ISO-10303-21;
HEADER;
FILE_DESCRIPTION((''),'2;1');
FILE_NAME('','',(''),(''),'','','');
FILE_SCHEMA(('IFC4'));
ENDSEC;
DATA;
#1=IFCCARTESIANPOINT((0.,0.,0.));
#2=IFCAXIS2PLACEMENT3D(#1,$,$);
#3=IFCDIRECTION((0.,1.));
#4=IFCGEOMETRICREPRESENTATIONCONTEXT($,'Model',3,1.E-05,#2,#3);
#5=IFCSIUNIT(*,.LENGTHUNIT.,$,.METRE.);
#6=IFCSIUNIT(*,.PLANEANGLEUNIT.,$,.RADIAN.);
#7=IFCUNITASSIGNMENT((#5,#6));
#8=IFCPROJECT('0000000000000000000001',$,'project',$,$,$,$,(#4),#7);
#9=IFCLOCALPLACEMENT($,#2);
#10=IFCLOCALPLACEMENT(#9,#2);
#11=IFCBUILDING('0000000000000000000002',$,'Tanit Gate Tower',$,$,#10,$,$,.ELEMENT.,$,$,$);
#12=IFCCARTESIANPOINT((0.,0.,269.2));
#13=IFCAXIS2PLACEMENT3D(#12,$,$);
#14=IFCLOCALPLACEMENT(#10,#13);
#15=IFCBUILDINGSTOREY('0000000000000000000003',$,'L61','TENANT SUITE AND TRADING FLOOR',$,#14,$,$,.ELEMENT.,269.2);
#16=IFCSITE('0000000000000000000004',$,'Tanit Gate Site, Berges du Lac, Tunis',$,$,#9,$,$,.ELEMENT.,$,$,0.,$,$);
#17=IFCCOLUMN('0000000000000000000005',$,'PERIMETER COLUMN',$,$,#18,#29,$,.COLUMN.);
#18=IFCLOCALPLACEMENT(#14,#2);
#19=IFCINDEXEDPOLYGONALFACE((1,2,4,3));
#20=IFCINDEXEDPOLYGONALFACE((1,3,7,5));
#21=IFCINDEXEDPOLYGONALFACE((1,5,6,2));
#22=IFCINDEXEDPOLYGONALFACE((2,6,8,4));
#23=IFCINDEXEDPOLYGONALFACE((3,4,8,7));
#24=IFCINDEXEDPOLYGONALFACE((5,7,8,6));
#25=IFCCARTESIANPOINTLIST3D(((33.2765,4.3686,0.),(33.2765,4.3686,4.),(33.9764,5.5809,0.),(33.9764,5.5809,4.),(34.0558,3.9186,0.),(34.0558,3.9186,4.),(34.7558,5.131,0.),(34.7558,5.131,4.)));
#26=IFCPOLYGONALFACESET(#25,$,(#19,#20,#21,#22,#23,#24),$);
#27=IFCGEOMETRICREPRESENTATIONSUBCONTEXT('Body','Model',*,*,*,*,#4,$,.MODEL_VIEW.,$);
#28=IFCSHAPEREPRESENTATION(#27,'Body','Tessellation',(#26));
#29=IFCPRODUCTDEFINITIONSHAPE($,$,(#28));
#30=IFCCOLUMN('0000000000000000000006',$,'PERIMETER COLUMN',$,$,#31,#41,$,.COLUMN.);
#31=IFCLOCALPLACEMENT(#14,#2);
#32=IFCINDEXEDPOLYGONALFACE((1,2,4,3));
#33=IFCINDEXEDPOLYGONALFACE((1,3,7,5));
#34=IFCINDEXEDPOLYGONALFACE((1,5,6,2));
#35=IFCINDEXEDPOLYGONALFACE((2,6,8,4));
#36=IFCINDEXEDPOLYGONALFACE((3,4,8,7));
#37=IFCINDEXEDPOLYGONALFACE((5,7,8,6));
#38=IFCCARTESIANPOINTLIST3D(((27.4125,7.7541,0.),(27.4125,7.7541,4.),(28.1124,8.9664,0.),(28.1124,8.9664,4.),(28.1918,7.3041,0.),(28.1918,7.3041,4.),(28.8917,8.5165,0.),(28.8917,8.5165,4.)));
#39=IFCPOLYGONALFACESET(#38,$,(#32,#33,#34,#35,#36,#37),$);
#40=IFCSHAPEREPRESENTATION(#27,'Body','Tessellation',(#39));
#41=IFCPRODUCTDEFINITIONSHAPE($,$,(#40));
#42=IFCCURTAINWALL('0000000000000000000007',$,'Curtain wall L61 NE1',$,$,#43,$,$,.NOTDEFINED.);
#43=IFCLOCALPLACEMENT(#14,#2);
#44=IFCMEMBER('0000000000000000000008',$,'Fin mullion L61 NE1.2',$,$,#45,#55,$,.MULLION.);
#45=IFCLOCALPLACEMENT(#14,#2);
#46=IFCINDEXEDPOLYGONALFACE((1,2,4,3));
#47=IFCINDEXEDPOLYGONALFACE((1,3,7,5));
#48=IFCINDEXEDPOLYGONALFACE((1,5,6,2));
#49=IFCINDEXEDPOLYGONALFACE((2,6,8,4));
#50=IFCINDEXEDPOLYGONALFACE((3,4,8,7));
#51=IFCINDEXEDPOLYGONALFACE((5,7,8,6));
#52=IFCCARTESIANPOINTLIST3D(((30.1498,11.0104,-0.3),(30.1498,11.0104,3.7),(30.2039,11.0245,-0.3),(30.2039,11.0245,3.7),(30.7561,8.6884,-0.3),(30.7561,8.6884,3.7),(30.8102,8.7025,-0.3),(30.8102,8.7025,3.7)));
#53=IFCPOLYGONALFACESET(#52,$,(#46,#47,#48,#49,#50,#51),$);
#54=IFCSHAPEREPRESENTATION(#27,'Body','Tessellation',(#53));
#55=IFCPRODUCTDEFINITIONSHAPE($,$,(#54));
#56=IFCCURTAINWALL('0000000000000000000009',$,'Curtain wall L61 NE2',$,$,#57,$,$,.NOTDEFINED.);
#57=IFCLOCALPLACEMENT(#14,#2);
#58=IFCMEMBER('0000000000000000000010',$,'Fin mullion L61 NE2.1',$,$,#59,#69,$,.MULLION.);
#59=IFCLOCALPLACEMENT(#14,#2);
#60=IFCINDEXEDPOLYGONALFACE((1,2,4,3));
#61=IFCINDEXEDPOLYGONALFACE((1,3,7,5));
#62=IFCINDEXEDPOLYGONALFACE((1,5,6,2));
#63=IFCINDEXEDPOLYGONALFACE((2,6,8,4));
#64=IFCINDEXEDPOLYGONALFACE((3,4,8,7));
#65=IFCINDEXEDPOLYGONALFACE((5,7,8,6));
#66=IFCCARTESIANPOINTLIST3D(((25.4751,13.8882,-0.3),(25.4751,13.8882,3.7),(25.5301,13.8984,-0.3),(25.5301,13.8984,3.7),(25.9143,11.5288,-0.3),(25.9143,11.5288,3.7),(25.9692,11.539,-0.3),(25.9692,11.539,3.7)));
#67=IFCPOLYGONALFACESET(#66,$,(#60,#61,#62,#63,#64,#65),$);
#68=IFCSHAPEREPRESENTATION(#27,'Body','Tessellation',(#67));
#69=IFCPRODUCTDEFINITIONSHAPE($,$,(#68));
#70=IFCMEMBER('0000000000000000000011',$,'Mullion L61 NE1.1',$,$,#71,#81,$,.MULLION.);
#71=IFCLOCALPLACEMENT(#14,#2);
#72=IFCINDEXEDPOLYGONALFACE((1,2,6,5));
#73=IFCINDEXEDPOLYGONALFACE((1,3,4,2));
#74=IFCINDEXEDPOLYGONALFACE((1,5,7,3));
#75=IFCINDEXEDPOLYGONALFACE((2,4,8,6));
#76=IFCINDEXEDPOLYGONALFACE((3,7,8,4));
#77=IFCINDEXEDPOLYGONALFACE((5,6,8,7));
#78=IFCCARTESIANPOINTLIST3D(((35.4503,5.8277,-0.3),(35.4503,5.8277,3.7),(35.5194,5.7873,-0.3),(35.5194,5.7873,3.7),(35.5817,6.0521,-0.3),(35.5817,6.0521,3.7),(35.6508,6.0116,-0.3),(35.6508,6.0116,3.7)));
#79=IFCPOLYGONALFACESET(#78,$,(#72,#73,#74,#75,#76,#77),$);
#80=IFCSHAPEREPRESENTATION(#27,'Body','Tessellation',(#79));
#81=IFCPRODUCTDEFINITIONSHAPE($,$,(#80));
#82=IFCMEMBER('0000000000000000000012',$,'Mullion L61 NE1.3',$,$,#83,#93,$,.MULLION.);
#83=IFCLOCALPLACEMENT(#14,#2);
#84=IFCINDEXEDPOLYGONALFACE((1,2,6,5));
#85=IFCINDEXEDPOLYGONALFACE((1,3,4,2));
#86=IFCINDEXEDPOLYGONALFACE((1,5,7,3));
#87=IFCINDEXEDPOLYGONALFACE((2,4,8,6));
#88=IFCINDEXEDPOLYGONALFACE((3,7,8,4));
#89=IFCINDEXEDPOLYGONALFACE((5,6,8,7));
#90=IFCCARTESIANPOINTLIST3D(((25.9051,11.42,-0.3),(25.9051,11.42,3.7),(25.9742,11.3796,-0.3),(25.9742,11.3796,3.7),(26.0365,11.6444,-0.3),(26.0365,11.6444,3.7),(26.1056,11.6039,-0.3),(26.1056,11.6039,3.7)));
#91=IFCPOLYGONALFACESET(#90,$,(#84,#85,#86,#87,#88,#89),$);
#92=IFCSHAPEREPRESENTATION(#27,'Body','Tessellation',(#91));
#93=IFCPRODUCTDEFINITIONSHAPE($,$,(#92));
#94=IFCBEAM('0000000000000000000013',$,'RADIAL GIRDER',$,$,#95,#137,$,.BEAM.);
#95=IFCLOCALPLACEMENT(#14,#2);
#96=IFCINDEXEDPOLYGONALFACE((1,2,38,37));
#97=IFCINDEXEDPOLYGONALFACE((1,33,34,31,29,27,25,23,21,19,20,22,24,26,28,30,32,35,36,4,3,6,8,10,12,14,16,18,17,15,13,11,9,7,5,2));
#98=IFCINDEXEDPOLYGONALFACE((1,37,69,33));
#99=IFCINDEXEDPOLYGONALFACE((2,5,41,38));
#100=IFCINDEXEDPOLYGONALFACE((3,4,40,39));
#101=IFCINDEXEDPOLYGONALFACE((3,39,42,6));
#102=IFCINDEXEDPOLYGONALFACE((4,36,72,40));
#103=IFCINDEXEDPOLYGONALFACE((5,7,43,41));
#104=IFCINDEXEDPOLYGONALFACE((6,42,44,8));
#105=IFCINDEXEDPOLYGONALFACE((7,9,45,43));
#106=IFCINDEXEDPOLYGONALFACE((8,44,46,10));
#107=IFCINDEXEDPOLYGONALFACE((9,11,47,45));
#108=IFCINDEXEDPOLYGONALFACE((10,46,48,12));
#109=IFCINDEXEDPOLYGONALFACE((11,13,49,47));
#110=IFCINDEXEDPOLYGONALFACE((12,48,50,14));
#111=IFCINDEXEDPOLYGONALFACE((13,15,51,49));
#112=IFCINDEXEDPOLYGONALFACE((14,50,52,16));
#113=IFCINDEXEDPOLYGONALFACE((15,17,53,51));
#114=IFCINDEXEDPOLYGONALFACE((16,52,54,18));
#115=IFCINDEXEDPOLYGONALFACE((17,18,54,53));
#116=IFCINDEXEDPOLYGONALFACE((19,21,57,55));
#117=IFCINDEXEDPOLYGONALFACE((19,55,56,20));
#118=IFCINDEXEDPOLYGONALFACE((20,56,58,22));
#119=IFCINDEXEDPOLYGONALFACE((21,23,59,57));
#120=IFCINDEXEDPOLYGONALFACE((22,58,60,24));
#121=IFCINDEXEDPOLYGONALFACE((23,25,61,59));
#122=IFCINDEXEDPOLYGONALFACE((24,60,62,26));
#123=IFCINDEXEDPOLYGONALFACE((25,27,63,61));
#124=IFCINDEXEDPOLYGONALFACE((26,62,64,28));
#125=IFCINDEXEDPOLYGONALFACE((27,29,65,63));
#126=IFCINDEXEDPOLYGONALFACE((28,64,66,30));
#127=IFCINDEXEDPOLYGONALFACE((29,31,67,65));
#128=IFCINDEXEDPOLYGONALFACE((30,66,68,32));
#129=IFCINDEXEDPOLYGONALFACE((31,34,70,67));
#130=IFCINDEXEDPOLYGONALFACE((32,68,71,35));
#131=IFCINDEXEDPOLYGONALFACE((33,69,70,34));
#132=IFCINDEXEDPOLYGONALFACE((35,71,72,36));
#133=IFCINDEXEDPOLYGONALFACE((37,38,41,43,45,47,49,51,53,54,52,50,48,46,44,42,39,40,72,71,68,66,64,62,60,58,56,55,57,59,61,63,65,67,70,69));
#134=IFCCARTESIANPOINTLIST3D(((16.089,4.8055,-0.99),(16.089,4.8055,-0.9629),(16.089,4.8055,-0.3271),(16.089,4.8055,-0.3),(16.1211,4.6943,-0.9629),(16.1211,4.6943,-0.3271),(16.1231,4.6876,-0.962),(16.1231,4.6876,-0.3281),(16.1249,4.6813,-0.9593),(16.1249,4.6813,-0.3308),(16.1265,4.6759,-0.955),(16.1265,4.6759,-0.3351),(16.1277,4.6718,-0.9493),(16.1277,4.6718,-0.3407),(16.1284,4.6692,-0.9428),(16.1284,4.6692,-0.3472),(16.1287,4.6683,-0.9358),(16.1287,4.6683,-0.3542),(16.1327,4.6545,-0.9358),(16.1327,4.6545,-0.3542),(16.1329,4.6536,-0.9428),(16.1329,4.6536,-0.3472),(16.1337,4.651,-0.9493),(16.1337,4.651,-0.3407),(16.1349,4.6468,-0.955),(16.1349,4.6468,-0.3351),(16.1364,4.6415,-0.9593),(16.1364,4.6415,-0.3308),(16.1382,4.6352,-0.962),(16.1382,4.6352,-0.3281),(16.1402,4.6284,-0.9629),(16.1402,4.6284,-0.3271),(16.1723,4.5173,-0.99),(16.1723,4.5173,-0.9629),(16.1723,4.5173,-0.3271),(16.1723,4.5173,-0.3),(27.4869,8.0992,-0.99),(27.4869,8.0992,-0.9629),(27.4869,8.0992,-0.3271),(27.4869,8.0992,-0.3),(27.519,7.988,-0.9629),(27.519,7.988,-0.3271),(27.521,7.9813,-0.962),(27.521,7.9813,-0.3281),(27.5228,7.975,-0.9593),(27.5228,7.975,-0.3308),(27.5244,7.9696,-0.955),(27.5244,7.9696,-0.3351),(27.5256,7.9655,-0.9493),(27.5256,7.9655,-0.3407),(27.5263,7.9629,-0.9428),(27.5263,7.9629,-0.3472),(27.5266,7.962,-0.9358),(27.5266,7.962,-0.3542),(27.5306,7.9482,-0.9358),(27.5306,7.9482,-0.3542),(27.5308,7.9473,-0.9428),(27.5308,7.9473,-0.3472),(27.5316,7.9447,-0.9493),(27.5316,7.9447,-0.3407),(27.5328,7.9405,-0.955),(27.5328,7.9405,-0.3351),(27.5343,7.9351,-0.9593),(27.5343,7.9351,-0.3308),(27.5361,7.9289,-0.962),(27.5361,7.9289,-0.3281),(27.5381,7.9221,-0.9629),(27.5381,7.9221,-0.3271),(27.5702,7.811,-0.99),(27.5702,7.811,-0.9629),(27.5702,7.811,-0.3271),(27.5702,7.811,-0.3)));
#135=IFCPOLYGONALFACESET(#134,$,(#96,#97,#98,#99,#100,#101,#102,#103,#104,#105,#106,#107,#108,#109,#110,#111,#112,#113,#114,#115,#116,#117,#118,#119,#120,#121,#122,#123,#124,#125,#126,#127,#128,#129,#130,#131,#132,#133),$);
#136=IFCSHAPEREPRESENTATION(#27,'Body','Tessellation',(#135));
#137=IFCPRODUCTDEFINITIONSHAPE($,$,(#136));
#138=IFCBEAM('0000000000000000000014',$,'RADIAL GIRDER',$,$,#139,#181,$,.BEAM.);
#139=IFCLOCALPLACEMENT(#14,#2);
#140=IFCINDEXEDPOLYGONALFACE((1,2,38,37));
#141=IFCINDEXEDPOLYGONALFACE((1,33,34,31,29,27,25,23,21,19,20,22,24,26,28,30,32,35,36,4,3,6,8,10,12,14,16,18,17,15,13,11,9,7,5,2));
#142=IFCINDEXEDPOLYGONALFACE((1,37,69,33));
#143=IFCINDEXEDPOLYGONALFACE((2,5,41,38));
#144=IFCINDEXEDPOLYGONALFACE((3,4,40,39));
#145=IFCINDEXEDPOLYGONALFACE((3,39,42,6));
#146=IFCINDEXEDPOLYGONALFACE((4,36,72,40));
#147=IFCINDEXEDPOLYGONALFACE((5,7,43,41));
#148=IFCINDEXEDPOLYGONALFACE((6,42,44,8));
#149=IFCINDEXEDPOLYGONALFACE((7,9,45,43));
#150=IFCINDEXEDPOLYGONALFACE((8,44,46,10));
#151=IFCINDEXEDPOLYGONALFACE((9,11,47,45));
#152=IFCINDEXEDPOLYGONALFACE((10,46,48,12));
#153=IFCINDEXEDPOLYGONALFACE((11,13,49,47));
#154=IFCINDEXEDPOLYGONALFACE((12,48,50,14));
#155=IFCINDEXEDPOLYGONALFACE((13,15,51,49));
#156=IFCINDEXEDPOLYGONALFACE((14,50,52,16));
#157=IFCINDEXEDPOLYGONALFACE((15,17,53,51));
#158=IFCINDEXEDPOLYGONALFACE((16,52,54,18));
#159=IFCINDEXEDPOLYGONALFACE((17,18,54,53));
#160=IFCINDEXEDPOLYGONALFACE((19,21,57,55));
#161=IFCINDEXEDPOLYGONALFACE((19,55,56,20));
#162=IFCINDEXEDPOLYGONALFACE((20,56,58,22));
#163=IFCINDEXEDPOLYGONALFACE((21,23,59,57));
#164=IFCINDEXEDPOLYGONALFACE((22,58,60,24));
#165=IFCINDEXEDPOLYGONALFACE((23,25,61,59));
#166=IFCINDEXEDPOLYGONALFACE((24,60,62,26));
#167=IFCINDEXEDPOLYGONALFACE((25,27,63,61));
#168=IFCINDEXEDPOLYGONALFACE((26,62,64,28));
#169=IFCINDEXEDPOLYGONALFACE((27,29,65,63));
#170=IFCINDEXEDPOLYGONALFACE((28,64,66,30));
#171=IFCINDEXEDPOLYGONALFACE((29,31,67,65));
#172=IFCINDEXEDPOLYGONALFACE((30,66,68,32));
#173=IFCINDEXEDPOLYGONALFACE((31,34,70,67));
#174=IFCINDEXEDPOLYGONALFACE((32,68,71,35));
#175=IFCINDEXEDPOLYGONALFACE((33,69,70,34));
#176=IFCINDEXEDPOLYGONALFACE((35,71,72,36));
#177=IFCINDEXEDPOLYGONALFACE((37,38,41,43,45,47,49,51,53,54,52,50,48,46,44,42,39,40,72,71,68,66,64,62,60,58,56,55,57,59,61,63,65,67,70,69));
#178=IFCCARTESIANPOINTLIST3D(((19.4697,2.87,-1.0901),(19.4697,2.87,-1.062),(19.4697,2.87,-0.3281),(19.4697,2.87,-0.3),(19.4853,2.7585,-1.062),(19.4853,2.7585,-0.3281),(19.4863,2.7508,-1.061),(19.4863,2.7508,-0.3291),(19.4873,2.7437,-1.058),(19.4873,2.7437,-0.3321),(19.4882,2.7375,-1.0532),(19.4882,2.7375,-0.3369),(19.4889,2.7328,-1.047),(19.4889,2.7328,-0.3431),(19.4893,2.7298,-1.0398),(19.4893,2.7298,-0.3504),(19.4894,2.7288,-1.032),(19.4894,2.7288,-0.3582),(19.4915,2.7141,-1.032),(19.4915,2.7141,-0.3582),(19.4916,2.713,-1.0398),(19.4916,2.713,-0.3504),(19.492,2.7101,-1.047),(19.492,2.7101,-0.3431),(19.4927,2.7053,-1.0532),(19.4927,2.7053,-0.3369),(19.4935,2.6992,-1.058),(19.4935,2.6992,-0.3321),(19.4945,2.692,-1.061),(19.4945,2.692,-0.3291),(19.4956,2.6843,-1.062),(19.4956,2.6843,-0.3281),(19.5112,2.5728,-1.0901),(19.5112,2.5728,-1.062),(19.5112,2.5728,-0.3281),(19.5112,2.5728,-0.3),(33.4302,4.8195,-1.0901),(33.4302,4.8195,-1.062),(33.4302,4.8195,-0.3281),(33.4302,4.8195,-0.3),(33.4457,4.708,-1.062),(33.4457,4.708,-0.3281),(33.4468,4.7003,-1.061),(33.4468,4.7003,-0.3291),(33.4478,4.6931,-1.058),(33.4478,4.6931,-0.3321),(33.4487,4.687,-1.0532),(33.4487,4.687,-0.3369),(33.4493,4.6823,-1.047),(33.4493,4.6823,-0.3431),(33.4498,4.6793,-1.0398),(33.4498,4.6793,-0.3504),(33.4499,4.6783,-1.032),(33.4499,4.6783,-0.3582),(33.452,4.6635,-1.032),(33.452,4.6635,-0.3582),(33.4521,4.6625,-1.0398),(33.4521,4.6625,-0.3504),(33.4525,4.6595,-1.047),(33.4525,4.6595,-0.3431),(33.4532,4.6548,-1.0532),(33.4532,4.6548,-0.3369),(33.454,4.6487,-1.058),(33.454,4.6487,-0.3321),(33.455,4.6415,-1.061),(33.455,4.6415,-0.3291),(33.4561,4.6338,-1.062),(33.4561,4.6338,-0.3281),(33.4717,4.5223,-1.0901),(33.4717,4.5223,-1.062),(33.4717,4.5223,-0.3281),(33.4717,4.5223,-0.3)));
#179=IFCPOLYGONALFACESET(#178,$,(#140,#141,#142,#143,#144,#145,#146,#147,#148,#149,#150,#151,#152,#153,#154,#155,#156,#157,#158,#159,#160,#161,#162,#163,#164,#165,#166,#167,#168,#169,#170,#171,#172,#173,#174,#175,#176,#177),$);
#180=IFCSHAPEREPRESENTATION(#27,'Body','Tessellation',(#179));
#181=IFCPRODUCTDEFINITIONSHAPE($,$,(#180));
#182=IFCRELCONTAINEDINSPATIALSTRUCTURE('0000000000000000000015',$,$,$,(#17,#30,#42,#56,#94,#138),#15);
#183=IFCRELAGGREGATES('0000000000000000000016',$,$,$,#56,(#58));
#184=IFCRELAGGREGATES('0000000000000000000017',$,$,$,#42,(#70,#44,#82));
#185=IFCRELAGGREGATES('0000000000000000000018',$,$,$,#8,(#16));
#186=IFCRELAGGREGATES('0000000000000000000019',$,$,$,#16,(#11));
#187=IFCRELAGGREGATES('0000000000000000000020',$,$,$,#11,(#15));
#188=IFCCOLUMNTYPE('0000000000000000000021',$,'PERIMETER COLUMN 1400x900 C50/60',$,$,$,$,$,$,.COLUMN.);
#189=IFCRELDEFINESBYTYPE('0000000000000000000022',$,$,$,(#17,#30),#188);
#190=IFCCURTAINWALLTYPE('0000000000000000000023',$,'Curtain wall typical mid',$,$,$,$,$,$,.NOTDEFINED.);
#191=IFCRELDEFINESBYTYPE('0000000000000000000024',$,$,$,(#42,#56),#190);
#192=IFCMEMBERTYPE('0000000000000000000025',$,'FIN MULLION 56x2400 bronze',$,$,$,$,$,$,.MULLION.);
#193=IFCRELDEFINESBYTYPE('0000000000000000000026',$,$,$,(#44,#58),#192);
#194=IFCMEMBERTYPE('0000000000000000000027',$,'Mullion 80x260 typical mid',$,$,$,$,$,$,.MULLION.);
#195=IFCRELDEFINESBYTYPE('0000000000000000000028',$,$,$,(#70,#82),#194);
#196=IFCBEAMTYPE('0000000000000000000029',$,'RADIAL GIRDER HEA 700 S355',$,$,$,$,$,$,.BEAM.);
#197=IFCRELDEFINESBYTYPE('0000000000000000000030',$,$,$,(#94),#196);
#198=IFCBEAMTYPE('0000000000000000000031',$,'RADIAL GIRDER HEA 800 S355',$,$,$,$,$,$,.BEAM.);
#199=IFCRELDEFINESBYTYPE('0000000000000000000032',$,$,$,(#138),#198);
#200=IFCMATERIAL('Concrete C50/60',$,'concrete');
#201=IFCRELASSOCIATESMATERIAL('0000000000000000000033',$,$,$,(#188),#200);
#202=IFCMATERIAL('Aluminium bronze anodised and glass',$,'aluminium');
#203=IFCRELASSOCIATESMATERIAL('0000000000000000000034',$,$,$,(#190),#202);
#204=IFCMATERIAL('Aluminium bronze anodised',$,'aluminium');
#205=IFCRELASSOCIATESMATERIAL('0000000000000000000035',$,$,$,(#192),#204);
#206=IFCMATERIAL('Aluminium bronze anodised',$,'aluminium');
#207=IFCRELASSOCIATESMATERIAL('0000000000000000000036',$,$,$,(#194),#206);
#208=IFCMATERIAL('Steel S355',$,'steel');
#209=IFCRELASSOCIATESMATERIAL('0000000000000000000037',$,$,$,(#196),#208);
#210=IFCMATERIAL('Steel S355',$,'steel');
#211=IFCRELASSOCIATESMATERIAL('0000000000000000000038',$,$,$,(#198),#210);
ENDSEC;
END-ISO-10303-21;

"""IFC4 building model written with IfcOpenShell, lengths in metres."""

from ifc_helpers import new_model, si_unit, direction, frame, origin, origin_2d, place, context, subcontext, project, spatial, rectangle, i_section, extrude, material, material_profile, profile_set, type_object, element, aggregate, save


model = new_model("IFC4")

# Units and contexts
model_context = context("Model", 3, precision=1e-05, world=origin(), true_north=direction((0.0, 1.0)))
body_context = subcontext(model_context, "Body", "Model", "MODEL_VIEW")
ifc_project = project(units=[si_unit("LENGTHUNIT", "METRE"), si_unit("PLANEANGLEUNIT", "RADIAN")], contexts=[model_context])

# Site, building, storey
site_placement = place(None, origin())
site = spatial("IfcSite", under=ifc_project, at=site_placement, Name="Tanit Gate Site, Berges du Lac, Tunis", CompositionType="ELEMENT", RefElevation=0.0)
building_placement = place(site_placement, origin())
building = spatial("IfcBuilding", under=site, at=building_placement, Name="Tanit Gate Tower", CompositionType="ELEMENT")
storey_placement = place(building_placement, frame((0.0, 0.0, 269.2)))
storey = spatial("IfcBuildingStorey", under=building, at=storey_placement, Name="L61", Description="TENANT SUITE AND TRADING FLOOR", CompositionType="ELEMENT", Elevation=269.2)

# Columns
ifc_material_1 = material(Name="Concrete C50/60", Category="concrete")
ifc_material_profile_1 = material_profile(ifc_material_1, rectangle(XDim=1.3999, YDim=0.8999, at=origin_2d()), Name="RC 1400x900")
ifc_profile_set_1 = profile_set([ifc_material_profile_1], Name="Concrete C50/60")
column_type = type_object("IfcColumnType", Name="PERIMETER COLUMN 1400x900 C50/60", PredefinedType="COLUMN", material=ifc_profile_set_1)
for number, where, z_axis, x_axis, name in (
    (1, (34.0161, 4.7498, 0.0), (0.0, 0.0, 1.0), (0.5, 0.866025, 0.0), "PERIMETER COLUMN"),
    (2, (28.1521, 8.1353, 0.0), (0.0, 0.0, 1.0), (0.5, 0.866025, 0.0), "PERIMETER COLUMN"),
):
    element("IfcColumn", number, at=place(storey_placement, frame(where, z_axis=z_axis, x_axis=x_axis)), inside=storey, type_object=column_type, Name=name, PredefinedType="COLUMN", context=body_context, shape_type="SweptSolid", body=[
        extrude(rectangle(XDim=1.3999, YDim=0.8999, at=origin_2d()), origin(), (0.0, 0.0, 1.0), 4.0),
    ])

# Curtain walls, members
ifc_material_2 = material(Name="Aluminium bronze anodised and glass", Category="aluminium")
curtain_wall_type = type_object("IfcCurtainWallType", Name="Curtain wall typical mid", PredefinedType="NOTDEFINED", material=ifc_material_2)
curtain_wall_1_placement = place(storey_placement, origin())
curtain_wall_1 = element("IfcCurtainWall", 3, at=curtain_wall_1_placement, inside=storey, type_object=curtain_wall_type, Name="Curtain wall L61 NE1", PredefinedType="NOTDEFINED")
ifc_material_3 = material(Name="Aluminium bronze anodised", Category="aluminium")
ifc_material_profile_2 = material_profile(ifc_material_3, rectangle(XDim=2.3999, YDim=0.0559, at=origin_2d()), Name="56x2400 bronze fin mullion")
ifc_profile_set_2 = profile_set([ifc_material_profile_2], Name="Aluminium bronze anodised")
member_type_1 = type_object("IfcMemberType", Name="FIN MULLION 56x2400 bronze", PredefinedType="MULLION", material=ifc_profile_set_2)
member_1_placement = place(storey_placement, frame((30.48, 9.8564, -0.3), z_axis=(0.0, 0.0, 1.0), x_axis=(0.252657, -0.967556, 0.0)))
member_1 = element("IfcMember", 4, at=member_1_placement, type_object=member_type_1, Name="Fin mullion L61 NE1.2", PredefinedType="MULLION", context=body_context, shape_type="SweptSolid", body=[
    extrude(rectangle(XDim=2.3999, YDim=0.0559, at=origin_2d()), origin(), (0.0, 0.0, 1.0), 4.0),
])
curtain_wall_2_placement = place(storey_placement, origin())
curtain_wall_2 = element("IfcCurtainWall", 5, at=curtain_wall_2_placement, inside=storey, type_object=curtain_wall_type, Name="Curtain wall L61 NE2", PredefinedType="NOTDEFINED")
member_2_placement = place(storey_placement, frame((25.7222, 12.7136, -0.3), z_axis=(0.0, 0.0, 1.0), x_axis=(0.182983, -0.983116, 0.0)))
member_2 = element("IfcMember", 6, at=member_2_placement, type_object=member_type_1, Name="Fin mullion L61 NE2.1", PredefinedType="MULLION", context=body_context, shape_type="SweptSolid", body=[
    extrude(rectangle(XDim=2.3999, YDim=0.0559, at=origin_2d()), origin(), (0.0, 0.0, 1.0), 4.0),
])

# Members
ifc_material_4 = material(Name="Aluminium bronze anodised", Category="aluminium")
ifc_material_profile_3 = material_profile(ifc_material_4, rectangle(XDim=0.26, YDim=0.0801, at=origin_2d()), Name="80x260 bronze mullion")
ifc_profile_set_3 = profile_set([ifc_material_profile_3], Name="Aluminium bronze anodised")
member_type_2 = type_object("IfcMemberType", Name="Mullion 80x260 typical mid", PredefinedType="MULLION", material=ifc_profile_set_3)
member_3_placement = place(storey_placement, frame((35.5505, 5.9197, -0.3), z_axis=(0.0, 0.0, 1.0), x_axis=(-0.50551, -0.862821, 0.0)))
member_3 = element("IfcMember", 7, at=member_3_placement, type_object=member_type_2, Name="Mullion L61 NE1.1", PredefinedType="MULLION", context=body_context, shape_type="SweptSolid", body=[
    extrude(rectangle(XDim=0.26, YDim=0.0801, at=origin_2d()), origin(), (0.0, 0.0, 1.0), 4.0),
])
member_4_placement = place(storey_placement, frame((26.0054, 11.512, -0.3), z_axis=(0.0, 0.0, 1.0), x_axis=(-0.50551, -0.862821, 0.0)))
member_4 = element("IfcMember", 8, at=member_4_placement, type_object=member_type_2, Name="Mullion L61 NE1.3", PredefinedType="MULLION", context=body_context, shape_type="SweptSolid", body=[
    extrude(rectangle(XDim=0.26, YDim=0.0801, at=origin_2d()), origin(), (0.0, 0.0, 1.0), 4.0),
])

# Beams
ifc_material_5 = material(Name="Steel S355", Category="steel")
ifc_material_profile_4 = material_profile(ifc_material_5, i_section(OverallWidth=0.3, OverallDepth=0.6899, WebThickness=0.0144, FlangeThickness=0.0271, FilletRadius=0.0271, at=origin_2d()), Name="HEA 700")
ifc_profile_set_4 = profile_set([ifc_material_profile_4], Name="Steel S355")
beam_type_1 = type_object("IfcBeamType", Name="RADIAL GIRDER HEA 700 S355", PredefinedType="BEAM", material=ifc_profile_set_4)
beam_1_placement = place(storey_placement, frame((27.5286, 7.9551, -0.645), z_axis=(-0.960693, -0.277614, 0.0), x_axis=(0.277614, -0.960693, 0.0)))
element("IfcBeam", 9, at=beam_1_placement, inside=storey, type_object=beam_type_1, Name="RADIAL GIRDER", PredefinedType="BEAM", context=body_context, shape_type="SweptSolid", body=[
    extrude(i_section(OverallWidth=0.3, OverallDepth=0.6899, WebThickness=0.0144, FlangeThickness=0.0271, FilletRadius=0.0271, at=origin_2d()), origin(), (0.0, 0.0, 1.0), 11.8643),
])
ifc_material_6 = material(Name="Steel S355", Category="steel")
ifc_material_profile_5 = material_profile(ifc_material_6, i_section(OverallWidth=0.3, OverallDepth=0.79, WebThickness=0.0149, FlangeThickness=0.0281, FilletRadius=0.03, at=origin_2d()), Name="HEA 800")
ifc_profile_set_5 = profile_set([ifc_material_profile_5], Name="Steel S355")
beam_type_2 = type_object("IfcBeamType", Name="RADIAL GIRDER HEA 800 S355", PredefinedType="BEAM", material=ifc_profile_set_5)
beam_2_placement = place(storey_placement, frame((33.4509, 4.6709, -0.6951), z_axis=(-0.99039, -0.1383, 0.0), x_axis=(0.1383, -0.99039, 0.0)))
element("IfcBeam", 10, at=beam_2_placement, inside=storey, type_object=beam_type_2, Name="RADIAL GIRDER", PredefinedType="BEAM", context=body_context, shape_type="SweptSolid", body=[
    extrude(i_section(OverallWidth=0.3, OverallDepth=0.79, WebThickness=0.0149, FlangeThickness=0.0281, FilletRadius=0.03, at=origin_2d()), origin(), (0.0, 0.0, 1.0), 14.0959),
])

aggregate(curtain_wall_2, [member_2])

aggregate(curtain_wall_1, [member_3, member_1, member_4])

save(model, "model.ifc")
